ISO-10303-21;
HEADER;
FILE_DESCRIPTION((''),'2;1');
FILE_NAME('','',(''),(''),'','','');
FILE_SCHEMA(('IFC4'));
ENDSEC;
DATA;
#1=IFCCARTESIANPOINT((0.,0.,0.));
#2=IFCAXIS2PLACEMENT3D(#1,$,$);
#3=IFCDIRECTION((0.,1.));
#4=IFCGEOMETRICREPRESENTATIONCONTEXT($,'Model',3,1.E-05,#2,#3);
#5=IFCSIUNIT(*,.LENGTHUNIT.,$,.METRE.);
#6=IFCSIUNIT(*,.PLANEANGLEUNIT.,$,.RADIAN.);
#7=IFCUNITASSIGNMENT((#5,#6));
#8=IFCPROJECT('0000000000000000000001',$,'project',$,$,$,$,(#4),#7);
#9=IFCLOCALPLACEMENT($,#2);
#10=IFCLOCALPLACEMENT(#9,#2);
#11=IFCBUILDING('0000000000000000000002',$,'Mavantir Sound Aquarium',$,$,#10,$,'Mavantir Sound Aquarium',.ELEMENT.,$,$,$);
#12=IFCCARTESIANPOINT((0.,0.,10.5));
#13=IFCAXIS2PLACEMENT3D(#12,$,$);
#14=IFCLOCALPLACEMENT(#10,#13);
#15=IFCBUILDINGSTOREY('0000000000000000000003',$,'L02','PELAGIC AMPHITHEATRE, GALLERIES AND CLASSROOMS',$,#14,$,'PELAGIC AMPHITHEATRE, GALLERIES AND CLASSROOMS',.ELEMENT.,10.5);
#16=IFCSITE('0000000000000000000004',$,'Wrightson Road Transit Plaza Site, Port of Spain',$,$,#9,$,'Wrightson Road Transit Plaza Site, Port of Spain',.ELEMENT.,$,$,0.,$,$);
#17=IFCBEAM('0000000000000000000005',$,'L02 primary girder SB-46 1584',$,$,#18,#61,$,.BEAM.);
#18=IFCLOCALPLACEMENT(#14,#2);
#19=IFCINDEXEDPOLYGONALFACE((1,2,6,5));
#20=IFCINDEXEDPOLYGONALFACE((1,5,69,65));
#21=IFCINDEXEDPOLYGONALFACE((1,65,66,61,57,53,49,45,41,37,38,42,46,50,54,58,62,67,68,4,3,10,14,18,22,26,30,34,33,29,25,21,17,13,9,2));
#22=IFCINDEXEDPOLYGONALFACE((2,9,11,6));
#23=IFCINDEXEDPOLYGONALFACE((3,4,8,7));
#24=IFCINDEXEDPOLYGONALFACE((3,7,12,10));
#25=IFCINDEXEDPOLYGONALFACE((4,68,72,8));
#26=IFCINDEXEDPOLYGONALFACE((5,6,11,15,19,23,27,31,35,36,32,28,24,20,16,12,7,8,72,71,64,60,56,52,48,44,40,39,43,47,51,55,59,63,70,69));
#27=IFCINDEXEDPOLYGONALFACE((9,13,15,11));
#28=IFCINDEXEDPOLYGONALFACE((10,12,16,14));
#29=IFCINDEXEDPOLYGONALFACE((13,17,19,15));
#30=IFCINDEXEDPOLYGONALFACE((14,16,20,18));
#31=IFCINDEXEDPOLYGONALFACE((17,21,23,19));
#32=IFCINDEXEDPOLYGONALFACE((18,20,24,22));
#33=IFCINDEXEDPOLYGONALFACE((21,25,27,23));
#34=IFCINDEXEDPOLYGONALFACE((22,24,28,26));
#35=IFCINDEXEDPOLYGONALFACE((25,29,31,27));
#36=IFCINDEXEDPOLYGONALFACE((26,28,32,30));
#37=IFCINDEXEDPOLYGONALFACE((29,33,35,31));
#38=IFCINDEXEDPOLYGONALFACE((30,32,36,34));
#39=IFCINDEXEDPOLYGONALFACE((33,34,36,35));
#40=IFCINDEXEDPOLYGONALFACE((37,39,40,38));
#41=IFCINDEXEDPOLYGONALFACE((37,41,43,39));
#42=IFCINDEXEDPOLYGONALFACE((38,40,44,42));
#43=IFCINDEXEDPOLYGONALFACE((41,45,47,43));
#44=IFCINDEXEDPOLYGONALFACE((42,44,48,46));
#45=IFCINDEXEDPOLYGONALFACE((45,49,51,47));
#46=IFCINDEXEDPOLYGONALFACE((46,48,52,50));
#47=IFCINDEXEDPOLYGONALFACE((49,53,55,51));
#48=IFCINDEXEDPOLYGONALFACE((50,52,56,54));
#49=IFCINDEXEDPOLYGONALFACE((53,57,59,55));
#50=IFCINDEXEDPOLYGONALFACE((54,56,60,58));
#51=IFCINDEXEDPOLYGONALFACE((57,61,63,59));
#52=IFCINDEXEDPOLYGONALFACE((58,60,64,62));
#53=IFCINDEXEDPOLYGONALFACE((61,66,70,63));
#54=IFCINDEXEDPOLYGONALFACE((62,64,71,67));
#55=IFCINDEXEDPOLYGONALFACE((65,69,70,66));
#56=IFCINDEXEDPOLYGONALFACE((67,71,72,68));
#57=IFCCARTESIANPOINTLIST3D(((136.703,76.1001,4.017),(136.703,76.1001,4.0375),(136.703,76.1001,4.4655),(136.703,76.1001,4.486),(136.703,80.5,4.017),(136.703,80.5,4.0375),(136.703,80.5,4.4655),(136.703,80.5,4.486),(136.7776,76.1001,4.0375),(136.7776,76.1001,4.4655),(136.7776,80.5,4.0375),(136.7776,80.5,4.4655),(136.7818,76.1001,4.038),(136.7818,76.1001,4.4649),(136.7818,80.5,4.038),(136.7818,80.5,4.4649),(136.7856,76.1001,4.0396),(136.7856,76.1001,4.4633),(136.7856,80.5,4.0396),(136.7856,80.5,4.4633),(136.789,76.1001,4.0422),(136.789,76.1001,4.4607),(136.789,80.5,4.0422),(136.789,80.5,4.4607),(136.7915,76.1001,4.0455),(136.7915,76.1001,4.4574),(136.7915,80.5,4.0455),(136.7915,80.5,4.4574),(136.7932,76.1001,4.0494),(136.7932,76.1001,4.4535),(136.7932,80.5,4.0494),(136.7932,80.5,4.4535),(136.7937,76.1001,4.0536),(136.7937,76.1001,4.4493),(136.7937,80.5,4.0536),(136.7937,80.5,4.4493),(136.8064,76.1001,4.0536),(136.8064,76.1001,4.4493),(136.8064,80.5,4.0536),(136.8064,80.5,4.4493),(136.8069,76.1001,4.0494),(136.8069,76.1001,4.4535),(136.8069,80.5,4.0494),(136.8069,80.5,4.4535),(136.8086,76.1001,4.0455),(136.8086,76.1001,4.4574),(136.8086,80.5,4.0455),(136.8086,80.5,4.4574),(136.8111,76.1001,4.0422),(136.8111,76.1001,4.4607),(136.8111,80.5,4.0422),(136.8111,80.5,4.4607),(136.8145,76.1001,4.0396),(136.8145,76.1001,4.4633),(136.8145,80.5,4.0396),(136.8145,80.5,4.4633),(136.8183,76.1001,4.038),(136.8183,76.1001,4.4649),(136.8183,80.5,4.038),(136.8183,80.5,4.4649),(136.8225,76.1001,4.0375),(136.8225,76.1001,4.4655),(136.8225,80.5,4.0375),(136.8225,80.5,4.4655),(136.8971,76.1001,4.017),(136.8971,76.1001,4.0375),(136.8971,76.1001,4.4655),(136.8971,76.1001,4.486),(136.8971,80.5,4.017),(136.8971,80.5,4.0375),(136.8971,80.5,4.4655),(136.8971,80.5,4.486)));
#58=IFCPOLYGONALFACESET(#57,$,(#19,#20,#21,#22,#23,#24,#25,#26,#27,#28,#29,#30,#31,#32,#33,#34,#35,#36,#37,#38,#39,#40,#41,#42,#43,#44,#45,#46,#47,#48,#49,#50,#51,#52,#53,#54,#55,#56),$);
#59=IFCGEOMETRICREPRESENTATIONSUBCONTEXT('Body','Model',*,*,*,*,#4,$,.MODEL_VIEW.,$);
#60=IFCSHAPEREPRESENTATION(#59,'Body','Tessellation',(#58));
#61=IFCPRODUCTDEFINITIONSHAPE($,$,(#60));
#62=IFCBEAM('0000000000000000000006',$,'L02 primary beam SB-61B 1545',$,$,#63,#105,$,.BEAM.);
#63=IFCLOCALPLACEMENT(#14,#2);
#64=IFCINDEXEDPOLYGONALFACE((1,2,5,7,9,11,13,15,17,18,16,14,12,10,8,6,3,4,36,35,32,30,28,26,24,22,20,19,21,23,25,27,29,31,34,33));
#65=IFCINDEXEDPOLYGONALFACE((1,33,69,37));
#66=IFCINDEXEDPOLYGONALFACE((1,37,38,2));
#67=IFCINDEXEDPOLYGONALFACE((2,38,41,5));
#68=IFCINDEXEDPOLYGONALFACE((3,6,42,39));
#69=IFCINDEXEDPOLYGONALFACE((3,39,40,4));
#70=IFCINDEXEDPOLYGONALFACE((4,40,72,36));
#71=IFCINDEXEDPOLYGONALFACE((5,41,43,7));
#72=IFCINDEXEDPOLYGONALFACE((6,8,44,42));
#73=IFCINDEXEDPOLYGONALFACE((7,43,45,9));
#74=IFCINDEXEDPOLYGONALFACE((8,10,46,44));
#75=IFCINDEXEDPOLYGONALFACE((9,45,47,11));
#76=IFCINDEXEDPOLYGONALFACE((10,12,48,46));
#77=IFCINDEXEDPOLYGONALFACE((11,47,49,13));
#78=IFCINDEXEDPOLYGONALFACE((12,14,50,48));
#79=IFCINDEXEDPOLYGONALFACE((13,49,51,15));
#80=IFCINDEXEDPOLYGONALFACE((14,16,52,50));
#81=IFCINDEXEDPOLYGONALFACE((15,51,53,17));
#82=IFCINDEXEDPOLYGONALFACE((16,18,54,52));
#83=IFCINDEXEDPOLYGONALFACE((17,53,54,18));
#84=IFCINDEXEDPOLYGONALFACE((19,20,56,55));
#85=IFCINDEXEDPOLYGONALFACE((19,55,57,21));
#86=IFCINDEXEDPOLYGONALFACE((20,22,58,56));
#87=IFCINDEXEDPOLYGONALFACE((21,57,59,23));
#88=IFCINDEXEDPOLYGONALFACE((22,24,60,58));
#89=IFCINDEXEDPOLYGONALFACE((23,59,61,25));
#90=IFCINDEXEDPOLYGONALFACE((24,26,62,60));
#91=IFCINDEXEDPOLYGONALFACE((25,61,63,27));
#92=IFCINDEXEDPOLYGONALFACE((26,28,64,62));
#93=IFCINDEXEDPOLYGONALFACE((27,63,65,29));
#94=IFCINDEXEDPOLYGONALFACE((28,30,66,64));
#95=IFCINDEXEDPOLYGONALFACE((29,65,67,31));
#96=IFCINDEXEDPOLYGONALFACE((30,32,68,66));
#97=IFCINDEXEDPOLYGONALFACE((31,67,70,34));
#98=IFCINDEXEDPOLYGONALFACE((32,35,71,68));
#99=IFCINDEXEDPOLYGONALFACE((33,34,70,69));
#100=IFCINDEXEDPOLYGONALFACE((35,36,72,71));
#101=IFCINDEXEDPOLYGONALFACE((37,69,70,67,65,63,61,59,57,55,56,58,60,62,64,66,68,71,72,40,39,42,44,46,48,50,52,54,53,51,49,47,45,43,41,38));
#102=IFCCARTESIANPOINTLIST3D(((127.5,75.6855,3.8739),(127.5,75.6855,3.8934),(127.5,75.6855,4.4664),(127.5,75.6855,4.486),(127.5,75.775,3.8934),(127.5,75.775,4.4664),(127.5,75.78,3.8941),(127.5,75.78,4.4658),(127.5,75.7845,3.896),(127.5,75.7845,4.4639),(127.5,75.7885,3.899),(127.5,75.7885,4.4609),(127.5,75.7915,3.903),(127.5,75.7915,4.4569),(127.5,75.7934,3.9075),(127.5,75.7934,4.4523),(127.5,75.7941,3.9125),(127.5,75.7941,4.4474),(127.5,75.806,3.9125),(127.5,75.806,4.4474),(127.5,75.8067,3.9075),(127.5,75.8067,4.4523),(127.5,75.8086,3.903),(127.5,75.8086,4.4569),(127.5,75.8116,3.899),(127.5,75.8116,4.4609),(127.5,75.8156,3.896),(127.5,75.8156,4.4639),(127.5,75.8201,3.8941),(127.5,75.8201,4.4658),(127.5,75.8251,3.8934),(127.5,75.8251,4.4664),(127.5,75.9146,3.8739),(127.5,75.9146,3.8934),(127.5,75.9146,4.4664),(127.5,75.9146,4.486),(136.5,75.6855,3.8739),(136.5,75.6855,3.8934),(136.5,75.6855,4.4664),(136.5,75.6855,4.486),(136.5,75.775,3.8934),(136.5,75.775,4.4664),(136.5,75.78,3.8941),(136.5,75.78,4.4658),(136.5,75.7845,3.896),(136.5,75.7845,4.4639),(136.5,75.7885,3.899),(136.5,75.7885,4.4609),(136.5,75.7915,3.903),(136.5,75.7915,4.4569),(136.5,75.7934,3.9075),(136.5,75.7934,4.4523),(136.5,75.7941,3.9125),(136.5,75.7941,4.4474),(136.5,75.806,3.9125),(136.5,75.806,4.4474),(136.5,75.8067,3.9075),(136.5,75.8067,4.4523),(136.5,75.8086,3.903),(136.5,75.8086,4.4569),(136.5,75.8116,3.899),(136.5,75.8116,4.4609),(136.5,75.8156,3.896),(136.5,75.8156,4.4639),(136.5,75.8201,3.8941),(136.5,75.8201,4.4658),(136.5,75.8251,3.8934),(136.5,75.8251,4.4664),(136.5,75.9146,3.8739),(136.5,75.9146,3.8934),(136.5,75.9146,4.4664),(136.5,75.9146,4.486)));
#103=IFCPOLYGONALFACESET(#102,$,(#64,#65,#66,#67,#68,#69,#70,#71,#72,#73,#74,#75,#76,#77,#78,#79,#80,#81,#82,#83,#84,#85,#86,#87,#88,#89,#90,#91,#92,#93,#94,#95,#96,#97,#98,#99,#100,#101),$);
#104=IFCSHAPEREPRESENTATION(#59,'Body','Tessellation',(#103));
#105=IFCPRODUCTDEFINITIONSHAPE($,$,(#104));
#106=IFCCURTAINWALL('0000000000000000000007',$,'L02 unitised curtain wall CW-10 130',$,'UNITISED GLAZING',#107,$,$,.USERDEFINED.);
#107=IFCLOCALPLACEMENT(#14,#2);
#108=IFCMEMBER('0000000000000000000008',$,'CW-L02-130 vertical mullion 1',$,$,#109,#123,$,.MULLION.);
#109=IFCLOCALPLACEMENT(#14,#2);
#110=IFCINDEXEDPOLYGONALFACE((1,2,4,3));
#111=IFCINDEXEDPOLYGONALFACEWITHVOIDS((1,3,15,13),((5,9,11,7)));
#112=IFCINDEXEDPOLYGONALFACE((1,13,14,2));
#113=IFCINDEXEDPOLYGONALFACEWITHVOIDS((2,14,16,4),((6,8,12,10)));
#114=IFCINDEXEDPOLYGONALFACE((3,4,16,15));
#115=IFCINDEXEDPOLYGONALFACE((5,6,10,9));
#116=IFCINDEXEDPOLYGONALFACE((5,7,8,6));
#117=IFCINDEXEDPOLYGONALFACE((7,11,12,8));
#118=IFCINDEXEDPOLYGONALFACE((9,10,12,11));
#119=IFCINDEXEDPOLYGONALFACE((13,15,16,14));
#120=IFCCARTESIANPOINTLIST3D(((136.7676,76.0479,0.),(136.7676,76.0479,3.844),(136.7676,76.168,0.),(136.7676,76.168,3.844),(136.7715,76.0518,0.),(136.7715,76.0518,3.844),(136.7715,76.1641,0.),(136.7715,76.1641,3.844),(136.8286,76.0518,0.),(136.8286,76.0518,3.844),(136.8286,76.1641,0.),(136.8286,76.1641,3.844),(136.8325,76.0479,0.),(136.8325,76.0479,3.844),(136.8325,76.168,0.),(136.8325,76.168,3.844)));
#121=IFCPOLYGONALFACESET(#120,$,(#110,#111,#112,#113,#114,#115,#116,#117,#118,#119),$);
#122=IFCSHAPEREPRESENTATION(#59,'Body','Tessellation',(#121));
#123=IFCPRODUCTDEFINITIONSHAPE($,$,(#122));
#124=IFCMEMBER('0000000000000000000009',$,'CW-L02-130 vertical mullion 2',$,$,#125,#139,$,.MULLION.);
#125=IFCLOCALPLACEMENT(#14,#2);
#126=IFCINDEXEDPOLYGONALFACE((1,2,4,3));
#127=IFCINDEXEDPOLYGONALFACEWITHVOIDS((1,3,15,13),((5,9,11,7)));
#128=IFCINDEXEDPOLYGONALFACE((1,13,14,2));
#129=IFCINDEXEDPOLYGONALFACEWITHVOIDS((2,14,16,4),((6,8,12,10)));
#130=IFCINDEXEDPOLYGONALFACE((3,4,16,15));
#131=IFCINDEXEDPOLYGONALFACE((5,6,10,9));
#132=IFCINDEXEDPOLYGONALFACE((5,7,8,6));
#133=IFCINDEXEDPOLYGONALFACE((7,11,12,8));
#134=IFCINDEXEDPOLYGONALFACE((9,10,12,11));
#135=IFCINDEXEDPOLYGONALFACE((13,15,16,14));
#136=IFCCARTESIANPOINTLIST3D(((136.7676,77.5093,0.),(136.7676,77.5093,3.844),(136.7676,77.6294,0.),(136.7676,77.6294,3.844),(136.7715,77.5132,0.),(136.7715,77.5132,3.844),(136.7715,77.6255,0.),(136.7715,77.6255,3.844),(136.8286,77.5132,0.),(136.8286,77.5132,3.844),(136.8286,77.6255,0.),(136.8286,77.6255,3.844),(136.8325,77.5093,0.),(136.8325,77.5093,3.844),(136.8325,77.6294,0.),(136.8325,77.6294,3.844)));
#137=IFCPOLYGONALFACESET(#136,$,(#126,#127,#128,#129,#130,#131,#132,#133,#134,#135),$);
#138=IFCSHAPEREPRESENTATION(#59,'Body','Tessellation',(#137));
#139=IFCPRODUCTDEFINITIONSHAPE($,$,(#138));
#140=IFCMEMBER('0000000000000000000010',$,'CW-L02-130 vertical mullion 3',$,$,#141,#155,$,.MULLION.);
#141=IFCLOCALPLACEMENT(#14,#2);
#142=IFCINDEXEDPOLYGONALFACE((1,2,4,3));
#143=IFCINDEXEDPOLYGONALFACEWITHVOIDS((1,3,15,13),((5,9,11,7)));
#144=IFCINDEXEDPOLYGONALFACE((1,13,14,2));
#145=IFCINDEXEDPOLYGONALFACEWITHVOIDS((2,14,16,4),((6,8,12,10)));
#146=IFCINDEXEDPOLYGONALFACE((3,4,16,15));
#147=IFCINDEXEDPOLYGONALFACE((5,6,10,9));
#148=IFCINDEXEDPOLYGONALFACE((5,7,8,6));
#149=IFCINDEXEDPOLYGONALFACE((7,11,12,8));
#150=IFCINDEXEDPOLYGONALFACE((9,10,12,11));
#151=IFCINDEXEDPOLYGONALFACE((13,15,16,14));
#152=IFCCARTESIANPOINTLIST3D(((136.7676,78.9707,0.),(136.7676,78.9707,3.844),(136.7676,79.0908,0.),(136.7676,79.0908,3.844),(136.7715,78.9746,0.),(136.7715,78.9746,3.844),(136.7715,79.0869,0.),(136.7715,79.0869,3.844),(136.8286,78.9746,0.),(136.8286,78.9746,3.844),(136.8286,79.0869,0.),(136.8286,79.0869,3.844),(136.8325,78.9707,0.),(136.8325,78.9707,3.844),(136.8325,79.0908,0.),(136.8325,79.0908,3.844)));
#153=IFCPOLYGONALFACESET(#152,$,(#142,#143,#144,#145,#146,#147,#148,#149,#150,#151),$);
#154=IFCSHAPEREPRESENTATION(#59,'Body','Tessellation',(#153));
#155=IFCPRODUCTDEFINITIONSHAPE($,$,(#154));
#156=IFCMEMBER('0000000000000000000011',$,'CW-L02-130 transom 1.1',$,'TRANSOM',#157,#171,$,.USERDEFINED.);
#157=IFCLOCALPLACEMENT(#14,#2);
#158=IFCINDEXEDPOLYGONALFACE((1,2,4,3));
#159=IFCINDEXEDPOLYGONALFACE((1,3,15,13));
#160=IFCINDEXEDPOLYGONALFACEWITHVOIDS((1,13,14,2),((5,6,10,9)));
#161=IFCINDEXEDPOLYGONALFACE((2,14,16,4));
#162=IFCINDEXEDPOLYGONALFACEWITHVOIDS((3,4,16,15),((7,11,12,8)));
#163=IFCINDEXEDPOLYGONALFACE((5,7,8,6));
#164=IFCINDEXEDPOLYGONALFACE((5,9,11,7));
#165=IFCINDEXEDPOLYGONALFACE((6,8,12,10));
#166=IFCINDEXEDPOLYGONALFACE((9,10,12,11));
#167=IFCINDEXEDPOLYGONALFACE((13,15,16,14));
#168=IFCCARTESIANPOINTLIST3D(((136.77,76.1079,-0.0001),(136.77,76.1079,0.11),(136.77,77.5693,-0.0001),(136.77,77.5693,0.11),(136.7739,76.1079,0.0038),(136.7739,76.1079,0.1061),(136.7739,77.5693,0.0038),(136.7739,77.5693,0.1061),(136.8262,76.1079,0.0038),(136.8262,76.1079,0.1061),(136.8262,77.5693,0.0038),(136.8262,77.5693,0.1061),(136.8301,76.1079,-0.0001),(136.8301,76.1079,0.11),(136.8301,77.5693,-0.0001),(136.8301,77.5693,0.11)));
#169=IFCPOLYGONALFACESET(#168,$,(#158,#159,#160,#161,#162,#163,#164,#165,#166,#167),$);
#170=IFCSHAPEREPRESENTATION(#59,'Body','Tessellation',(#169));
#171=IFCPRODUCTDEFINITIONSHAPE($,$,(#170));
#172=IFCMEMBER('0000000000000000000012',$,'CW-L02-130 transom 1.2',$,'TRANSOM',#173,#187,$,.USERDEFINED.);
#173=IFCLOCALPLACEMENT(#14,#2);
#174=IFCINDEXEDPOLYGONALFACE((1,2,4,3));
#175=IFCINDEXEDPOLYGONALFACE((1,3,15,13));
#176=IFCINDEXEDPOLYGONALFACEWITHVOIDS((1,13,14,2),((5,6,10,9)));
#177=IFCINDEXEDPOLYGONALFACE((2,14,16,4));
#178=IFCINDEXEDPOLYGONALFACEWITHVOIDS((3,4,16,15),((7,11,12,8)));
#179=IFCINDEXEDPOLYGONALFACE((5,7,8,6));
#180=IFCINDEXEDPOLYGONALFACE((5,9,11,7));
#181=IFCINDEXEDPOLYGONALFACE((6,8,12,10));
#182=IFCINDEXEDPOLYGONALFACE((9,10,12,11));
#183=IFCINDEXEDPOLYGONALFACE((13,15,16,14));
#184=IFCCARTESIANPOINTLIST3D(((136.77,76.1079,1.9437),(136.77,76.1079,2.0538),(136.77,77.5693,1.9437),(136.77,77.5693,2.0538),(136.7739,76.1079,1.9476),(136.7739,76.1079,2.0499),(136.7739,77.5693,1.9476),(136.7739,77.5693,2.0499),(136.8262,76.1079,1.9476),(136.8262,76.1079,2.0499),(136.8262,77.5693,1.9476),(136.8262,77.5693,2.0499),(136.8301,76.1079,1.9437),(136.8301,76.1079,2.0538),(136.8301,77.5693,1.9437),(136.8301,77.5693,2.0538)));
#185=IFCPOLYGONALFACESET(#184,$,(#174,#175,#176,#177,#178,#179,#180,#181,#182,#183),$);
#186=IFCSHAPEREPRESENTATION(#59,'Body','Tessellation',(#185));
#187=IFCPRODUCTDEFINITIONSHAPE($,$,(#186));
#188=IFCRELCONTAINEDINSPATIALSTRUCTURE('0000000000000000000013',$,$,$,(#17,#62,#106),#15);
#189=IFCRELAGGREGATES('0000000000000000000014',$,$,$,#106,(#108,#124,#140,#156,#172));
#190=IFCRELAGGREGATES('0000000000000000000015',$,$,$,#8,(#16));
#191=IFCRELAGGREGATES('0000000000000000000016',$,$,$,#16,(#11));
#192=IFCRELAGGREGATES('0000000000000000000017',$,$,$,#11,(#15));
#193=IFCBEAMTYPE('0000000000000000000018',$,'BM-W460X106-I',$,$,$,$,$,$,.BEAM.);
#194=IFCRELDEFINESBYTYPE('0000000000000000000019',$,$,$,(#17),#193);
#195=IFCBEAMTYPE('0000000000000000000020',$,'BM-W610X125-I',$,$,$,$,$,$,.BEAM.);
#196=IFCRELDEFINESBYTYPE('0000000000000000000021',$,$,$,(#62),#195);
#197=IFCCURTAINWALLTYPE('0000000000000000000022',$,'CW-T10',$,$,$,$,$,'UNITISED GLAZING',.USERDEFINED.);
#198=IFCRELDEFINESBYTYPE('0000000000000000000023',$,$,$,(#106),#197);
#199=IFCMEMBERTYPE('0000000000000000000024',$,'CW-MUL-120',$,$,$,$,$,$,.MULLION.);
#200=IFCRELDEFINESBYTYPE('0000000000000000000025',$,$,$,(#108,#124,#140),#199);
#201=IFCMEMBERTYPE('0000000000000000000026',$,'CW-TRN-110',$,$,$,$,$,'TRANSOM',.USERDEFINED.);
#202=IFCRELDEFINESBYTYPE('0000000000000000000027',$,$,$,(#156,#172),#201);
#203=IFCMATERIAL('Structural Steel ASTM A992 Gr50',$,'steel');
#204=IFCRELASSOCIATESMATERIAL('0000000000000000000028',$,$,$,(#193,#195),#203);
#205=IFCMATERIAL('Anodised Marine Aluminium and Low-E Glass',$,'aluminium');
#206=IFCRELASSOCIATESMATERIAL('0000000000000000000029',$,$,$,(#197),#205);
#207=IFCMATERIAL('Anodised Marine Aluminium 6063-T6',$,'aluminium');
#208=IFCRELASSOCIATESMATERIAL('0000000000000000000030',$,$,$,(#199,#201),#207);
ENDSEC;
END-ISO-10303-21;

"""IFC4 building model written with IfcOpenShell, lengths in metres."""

from ifc_helpers import new_model, si_unit, direction, frame, origin, origin_2d, place, context, subcontext, project, spatial, hollow_rectangle, i_section, extrude, material, material_profile, profile_set, type_object, element, aggregate, save


model = new_model("IFC4")

# Units and contexts
model_context = context("Model", 3, precision=1e-05, world=origin(), true_north=direction((0.0, 1.0)))
body_context = subcontext(model_context, "Body", "Model", "MODEL_VIEW")
ifc_project = project(units=[si_unit("LENGTHUNIT", "METRE"), si_unit("PLANEANGLEUNIT", "RADIAN")], contexts=[model_context])

# Site, building, storey
site_placement = place(None, origin())
site = spatial("IfcSite", under=ifc_project, at=site_placement, Name="Wrightson Road Transit Plaza Site, Port of Spain", LongName="Wrightson Road Transit Plaza Site, Port of Spain", CompositionType="ELEMENT", RefElevation=0.0)
building_placement = place(site_placement, origin())
building = spatial("IfcBuilding", under=site, at=building_placement, Name="Mavantir Sound Aquarium", LongName="Mavantir Sound Aquarium", CompositionType="ELEMENT")
storey_placement = place(building_placement, frame((0.0, 0.0, 10.5)))
storey = spatial("IfcBuildingStorey", under=building, at=storey_placement, Name="L02", Description="PELAGIC AMPHITHEATRE, GALLERIES AND CLASSROOMS", LongName="PELAGIC AMPHITHEATRE, GALLERIES AND CLASSROOMS", CompositionType="ELEMENT", Elevation=10.5)

# Beams
ifc_material_1 = material(Name="Structural Steel ASTM A992 Gr50", Category="steel")
ifc_material_profile_1 = material_profile(ifc_material_1, i_section(OverallWidth=0.1941, OverallDepth=0.469, WebThickness=0.0127, FlangeThickness=0.0205, FilletRadius=0.0161, at=origin_2d()), Name="W460X106")
ifc_profile_set_1 = profile_set([ifc_material_profile_1], Name="Structural Steel ASTM A992 Gr50")
beam_type_1 = type_object("IfcBeamType", Name="BM-W460X106-I", PredefinedType="BEAM", material=ifc_profile_set_1)
beam_1_placement = place(storey_placement, frame((136.8, 76.1001, 4.2515), z_axis=(0.0, 1.0, 0.0), x_axis=(-1.0, 0.0, 0.0)))
element("IfcBeam", 1, at=beam_1_placement, inside=storey, type_object=beam_type_1, Name="L02 primary girder SB-46 1584", PredefinedType="BEAM", context=body_context, shape_type="SweptSolid", body=[
    extrude(i_section(OverallWidth=0.1941, OverallDepth=0.469, WebThickness=0.0127, FlangeThickness=0.0205, FilletRadius=0.0161, at=origin_2d()), origin(), (0.0, 0.0, 1.0), 4.3999),
])
ifc_material_profile_2 = material_profile(ifc_material_1, i_section(OverallWidth=0.229, OverallDepth=0.6121, WebThickness=0.012, FlangeThickness=0.0195, FilletRadius=0.019, at=origin_2d()), Name="W610X125")
ifc_profile_set_2 = profile_set([ifc_material_profile_2], Name="Structural Steel ASTM A992 Gr50")
beam_type_2 = type_object("IfcBeamType", Name="BM-W610X125-I", PredefinedType="BEAM", material=ifc_profile_set_2)
beam_2_placement = place(storey_placement, frame((127.5, 75.8, 4.1799), z_axis=(1.0, 0.0, 0.0), x_axis=(0.0, 1.0, 0.0)))
element("IfcBeam", 2, at=beam_2_placement, inside=storey, type_object=beam_type_2, Name="L02 primary beam SB-61B 1545", PredefinedType="BEAM", context=body_context, shape_type="SweptSolid", body=[
    extrude(i_section(OverallWidth=0.229, OverallDepth=0.6121, WebThickness=0.012, FlangeThickness=0.0195, FilletRadius=0.019, at=origin_2d()), origin(), (0.0, 0.0, 1.0), 9.0),
])

# Curtain wall, members
ifc_material_2 = material(Name="Anodised Marine Aluminium and Low-E Glass", Category="aluminium")
curtain_wall_type = type_object("IfcCurtainWallType", Name="CW-T10", ElementType="UNITISED GLAZING", PredefinedType="USERDEFINED", material=ifc_material_2)
curtain_wall_placement = place(storey_placement, origin())
curtain_wall = element("IfcCurtainWall", 3, at=curtain_wall_placement, inside=storey, type_object=curtain_wall_type, Name="L02 unitised curtain wall CW-10 130", ObjectType="UNITISED GLAZING", PredefinedType="USERDEFINED")
ifc_material_3 = material(Name="Anodised Marine Aluminium 6063-T6", Category="aluminium")
ifc_material_profile_3 = material_profile(ifc_material_3, hollow_rectangle(XDim=0.0649, YDim=0.1201, WallThickness=0.0039, at=origin_2d()), Name="ALU-MULLION-120X65")
ifc_profile_set_3 = profile_set([ifc_material_profile_3], Name="Anodised Marine Aluminium 6063-T6")
member_type_1 = type_object("IfcMemberType", Name="CW-MUL-120", PredefinedType="MULLION", material=ifc_profile_set_3)
member_1_placement = place(storey_placement, frame((136.8, 76.1079, 0.0), z_axis=(0.0, 0.0, 1.0), x_axis=(1.0, 0.0, 0.0)))
member_1 = element("IfcMember", 4, at=member_1_placement, type_object=member_type_1, Name="CW-L02-130 vertical mullion 1", PredefinedType="MULLION", context=body_context, shape_type="SweptSolid", body=[
    extrude(hollow_rectangle(XDim=0.0649, YDim=0.1201, WallThickness=0.0039, at=origin_2d()), origin(), (0.0, 0.0, 1.0), 3.844),
])
member_2_placement = place(storey_placement, frame((136.8, 77.5693, 0.0), z_axis=(0.0, 0.0, 1.0), x_axis=(1.0, 0.0, 0.0)))
member_2 = element("IfcMember", 5, at=member_2_placement, type_object=member_type_1, Name="CW-L02-130 vertical mullion 2", PredefinedType="MULLION", context=body_context, shape_type="SweptSolid", body=[
    extrude(hollow_rectangle(XDim=0.0649, YDim=0.1201, WallThickness=0.0039, at=origin_2d()), origin(), (0.0, 0.0, 1.0), 3.844),
])
member_3_placement = place(storey_placement, frame((136.8, 79.0308, 0.0), z_axis=(0.0, 0.0, 1.0), x_axis=(1.0, 0.0, 0.0)))
member_3 = element("IfcMember", 6, at=member_3_placement, type_object=member_type_1, Name="CW-L02-130 vertical mullion 3", PredefinedType="MULLION", context=body_context, shape_type="SweptSolid", body=[
    extrude(hollow_rectangle(XDim=0.0649, YDim=0.1201, WallThickness=0.0039, at=origin_2d()), origin(), (0.0, 0.0, 1.0), 3.844),
])
ifc_material_profile_4 = material_profile(ifc_material_3, hollow_rectangle(XDim=0.0601, YDim=0.1101, WallThickness=0.0039, at=origin_2d()), Name="ALU-TRANSOM-110X60")
ifc_profile_set_4 = profile_set([ifc_material_profile_4], Name="Anodised Marine Aluminium 6063-T6")
member_type_2 = type_object("IfcMemberType", Name="CW-TRN-110", ElementType="TRANSOM", PredefinedType="USERDEFINED", material=ifc_profile_set_4)
member_4_placement = place(storey_placement, frame((136.8, 76.1079, 0.0549), z_axis=(0.0, 1.0, 0.0), x_axis=(-1.0, 0.0, 0.0)))
member_4 = element("IfcMember", 7, at=member_4_placement, type_object=member_type_2, Name="CW-L02-130 transom 1.1", ObjectType="TRANSOM", PredefinedType="USERDEFINED", context=body_context, shape_type="SweptSolid", body=[
    extrude(hollow_rectangle(XDim=0.0601, YDim=0.1101, WallThickness=0.0039, at=origin_2d()), origin(), (0.0, 0.0, 1.0), 1.4614),
])
member_5_placement = place(storey_placement, frame((136.8, 76.1079, 1.9988), z_axis=(0.0, 1.0, 0.0), x_axis=(-1.0, 0.0, 0.0)))
member_5 = element("IfcMember", 8, at=member_5_placement, type_object=member_type_2, Name="CW-L02-130 transom 1.2", ObjectType="TRANSOM", PredefinedType="USERDEFINED", context=body_context, shape_type="SweptSolid", body=[
    extrude(hollow_rectangle(XDim=0.0601, YDim=0.1101, WallThickness=0.0039, at=origin_2d()), origin(), (0.0, 0.0, 1.0), 1.4614),
])
aggregate(curtain_wall, [member_1, member_2, member_3, member_4, member_5])

save(model, "model.ifc")
